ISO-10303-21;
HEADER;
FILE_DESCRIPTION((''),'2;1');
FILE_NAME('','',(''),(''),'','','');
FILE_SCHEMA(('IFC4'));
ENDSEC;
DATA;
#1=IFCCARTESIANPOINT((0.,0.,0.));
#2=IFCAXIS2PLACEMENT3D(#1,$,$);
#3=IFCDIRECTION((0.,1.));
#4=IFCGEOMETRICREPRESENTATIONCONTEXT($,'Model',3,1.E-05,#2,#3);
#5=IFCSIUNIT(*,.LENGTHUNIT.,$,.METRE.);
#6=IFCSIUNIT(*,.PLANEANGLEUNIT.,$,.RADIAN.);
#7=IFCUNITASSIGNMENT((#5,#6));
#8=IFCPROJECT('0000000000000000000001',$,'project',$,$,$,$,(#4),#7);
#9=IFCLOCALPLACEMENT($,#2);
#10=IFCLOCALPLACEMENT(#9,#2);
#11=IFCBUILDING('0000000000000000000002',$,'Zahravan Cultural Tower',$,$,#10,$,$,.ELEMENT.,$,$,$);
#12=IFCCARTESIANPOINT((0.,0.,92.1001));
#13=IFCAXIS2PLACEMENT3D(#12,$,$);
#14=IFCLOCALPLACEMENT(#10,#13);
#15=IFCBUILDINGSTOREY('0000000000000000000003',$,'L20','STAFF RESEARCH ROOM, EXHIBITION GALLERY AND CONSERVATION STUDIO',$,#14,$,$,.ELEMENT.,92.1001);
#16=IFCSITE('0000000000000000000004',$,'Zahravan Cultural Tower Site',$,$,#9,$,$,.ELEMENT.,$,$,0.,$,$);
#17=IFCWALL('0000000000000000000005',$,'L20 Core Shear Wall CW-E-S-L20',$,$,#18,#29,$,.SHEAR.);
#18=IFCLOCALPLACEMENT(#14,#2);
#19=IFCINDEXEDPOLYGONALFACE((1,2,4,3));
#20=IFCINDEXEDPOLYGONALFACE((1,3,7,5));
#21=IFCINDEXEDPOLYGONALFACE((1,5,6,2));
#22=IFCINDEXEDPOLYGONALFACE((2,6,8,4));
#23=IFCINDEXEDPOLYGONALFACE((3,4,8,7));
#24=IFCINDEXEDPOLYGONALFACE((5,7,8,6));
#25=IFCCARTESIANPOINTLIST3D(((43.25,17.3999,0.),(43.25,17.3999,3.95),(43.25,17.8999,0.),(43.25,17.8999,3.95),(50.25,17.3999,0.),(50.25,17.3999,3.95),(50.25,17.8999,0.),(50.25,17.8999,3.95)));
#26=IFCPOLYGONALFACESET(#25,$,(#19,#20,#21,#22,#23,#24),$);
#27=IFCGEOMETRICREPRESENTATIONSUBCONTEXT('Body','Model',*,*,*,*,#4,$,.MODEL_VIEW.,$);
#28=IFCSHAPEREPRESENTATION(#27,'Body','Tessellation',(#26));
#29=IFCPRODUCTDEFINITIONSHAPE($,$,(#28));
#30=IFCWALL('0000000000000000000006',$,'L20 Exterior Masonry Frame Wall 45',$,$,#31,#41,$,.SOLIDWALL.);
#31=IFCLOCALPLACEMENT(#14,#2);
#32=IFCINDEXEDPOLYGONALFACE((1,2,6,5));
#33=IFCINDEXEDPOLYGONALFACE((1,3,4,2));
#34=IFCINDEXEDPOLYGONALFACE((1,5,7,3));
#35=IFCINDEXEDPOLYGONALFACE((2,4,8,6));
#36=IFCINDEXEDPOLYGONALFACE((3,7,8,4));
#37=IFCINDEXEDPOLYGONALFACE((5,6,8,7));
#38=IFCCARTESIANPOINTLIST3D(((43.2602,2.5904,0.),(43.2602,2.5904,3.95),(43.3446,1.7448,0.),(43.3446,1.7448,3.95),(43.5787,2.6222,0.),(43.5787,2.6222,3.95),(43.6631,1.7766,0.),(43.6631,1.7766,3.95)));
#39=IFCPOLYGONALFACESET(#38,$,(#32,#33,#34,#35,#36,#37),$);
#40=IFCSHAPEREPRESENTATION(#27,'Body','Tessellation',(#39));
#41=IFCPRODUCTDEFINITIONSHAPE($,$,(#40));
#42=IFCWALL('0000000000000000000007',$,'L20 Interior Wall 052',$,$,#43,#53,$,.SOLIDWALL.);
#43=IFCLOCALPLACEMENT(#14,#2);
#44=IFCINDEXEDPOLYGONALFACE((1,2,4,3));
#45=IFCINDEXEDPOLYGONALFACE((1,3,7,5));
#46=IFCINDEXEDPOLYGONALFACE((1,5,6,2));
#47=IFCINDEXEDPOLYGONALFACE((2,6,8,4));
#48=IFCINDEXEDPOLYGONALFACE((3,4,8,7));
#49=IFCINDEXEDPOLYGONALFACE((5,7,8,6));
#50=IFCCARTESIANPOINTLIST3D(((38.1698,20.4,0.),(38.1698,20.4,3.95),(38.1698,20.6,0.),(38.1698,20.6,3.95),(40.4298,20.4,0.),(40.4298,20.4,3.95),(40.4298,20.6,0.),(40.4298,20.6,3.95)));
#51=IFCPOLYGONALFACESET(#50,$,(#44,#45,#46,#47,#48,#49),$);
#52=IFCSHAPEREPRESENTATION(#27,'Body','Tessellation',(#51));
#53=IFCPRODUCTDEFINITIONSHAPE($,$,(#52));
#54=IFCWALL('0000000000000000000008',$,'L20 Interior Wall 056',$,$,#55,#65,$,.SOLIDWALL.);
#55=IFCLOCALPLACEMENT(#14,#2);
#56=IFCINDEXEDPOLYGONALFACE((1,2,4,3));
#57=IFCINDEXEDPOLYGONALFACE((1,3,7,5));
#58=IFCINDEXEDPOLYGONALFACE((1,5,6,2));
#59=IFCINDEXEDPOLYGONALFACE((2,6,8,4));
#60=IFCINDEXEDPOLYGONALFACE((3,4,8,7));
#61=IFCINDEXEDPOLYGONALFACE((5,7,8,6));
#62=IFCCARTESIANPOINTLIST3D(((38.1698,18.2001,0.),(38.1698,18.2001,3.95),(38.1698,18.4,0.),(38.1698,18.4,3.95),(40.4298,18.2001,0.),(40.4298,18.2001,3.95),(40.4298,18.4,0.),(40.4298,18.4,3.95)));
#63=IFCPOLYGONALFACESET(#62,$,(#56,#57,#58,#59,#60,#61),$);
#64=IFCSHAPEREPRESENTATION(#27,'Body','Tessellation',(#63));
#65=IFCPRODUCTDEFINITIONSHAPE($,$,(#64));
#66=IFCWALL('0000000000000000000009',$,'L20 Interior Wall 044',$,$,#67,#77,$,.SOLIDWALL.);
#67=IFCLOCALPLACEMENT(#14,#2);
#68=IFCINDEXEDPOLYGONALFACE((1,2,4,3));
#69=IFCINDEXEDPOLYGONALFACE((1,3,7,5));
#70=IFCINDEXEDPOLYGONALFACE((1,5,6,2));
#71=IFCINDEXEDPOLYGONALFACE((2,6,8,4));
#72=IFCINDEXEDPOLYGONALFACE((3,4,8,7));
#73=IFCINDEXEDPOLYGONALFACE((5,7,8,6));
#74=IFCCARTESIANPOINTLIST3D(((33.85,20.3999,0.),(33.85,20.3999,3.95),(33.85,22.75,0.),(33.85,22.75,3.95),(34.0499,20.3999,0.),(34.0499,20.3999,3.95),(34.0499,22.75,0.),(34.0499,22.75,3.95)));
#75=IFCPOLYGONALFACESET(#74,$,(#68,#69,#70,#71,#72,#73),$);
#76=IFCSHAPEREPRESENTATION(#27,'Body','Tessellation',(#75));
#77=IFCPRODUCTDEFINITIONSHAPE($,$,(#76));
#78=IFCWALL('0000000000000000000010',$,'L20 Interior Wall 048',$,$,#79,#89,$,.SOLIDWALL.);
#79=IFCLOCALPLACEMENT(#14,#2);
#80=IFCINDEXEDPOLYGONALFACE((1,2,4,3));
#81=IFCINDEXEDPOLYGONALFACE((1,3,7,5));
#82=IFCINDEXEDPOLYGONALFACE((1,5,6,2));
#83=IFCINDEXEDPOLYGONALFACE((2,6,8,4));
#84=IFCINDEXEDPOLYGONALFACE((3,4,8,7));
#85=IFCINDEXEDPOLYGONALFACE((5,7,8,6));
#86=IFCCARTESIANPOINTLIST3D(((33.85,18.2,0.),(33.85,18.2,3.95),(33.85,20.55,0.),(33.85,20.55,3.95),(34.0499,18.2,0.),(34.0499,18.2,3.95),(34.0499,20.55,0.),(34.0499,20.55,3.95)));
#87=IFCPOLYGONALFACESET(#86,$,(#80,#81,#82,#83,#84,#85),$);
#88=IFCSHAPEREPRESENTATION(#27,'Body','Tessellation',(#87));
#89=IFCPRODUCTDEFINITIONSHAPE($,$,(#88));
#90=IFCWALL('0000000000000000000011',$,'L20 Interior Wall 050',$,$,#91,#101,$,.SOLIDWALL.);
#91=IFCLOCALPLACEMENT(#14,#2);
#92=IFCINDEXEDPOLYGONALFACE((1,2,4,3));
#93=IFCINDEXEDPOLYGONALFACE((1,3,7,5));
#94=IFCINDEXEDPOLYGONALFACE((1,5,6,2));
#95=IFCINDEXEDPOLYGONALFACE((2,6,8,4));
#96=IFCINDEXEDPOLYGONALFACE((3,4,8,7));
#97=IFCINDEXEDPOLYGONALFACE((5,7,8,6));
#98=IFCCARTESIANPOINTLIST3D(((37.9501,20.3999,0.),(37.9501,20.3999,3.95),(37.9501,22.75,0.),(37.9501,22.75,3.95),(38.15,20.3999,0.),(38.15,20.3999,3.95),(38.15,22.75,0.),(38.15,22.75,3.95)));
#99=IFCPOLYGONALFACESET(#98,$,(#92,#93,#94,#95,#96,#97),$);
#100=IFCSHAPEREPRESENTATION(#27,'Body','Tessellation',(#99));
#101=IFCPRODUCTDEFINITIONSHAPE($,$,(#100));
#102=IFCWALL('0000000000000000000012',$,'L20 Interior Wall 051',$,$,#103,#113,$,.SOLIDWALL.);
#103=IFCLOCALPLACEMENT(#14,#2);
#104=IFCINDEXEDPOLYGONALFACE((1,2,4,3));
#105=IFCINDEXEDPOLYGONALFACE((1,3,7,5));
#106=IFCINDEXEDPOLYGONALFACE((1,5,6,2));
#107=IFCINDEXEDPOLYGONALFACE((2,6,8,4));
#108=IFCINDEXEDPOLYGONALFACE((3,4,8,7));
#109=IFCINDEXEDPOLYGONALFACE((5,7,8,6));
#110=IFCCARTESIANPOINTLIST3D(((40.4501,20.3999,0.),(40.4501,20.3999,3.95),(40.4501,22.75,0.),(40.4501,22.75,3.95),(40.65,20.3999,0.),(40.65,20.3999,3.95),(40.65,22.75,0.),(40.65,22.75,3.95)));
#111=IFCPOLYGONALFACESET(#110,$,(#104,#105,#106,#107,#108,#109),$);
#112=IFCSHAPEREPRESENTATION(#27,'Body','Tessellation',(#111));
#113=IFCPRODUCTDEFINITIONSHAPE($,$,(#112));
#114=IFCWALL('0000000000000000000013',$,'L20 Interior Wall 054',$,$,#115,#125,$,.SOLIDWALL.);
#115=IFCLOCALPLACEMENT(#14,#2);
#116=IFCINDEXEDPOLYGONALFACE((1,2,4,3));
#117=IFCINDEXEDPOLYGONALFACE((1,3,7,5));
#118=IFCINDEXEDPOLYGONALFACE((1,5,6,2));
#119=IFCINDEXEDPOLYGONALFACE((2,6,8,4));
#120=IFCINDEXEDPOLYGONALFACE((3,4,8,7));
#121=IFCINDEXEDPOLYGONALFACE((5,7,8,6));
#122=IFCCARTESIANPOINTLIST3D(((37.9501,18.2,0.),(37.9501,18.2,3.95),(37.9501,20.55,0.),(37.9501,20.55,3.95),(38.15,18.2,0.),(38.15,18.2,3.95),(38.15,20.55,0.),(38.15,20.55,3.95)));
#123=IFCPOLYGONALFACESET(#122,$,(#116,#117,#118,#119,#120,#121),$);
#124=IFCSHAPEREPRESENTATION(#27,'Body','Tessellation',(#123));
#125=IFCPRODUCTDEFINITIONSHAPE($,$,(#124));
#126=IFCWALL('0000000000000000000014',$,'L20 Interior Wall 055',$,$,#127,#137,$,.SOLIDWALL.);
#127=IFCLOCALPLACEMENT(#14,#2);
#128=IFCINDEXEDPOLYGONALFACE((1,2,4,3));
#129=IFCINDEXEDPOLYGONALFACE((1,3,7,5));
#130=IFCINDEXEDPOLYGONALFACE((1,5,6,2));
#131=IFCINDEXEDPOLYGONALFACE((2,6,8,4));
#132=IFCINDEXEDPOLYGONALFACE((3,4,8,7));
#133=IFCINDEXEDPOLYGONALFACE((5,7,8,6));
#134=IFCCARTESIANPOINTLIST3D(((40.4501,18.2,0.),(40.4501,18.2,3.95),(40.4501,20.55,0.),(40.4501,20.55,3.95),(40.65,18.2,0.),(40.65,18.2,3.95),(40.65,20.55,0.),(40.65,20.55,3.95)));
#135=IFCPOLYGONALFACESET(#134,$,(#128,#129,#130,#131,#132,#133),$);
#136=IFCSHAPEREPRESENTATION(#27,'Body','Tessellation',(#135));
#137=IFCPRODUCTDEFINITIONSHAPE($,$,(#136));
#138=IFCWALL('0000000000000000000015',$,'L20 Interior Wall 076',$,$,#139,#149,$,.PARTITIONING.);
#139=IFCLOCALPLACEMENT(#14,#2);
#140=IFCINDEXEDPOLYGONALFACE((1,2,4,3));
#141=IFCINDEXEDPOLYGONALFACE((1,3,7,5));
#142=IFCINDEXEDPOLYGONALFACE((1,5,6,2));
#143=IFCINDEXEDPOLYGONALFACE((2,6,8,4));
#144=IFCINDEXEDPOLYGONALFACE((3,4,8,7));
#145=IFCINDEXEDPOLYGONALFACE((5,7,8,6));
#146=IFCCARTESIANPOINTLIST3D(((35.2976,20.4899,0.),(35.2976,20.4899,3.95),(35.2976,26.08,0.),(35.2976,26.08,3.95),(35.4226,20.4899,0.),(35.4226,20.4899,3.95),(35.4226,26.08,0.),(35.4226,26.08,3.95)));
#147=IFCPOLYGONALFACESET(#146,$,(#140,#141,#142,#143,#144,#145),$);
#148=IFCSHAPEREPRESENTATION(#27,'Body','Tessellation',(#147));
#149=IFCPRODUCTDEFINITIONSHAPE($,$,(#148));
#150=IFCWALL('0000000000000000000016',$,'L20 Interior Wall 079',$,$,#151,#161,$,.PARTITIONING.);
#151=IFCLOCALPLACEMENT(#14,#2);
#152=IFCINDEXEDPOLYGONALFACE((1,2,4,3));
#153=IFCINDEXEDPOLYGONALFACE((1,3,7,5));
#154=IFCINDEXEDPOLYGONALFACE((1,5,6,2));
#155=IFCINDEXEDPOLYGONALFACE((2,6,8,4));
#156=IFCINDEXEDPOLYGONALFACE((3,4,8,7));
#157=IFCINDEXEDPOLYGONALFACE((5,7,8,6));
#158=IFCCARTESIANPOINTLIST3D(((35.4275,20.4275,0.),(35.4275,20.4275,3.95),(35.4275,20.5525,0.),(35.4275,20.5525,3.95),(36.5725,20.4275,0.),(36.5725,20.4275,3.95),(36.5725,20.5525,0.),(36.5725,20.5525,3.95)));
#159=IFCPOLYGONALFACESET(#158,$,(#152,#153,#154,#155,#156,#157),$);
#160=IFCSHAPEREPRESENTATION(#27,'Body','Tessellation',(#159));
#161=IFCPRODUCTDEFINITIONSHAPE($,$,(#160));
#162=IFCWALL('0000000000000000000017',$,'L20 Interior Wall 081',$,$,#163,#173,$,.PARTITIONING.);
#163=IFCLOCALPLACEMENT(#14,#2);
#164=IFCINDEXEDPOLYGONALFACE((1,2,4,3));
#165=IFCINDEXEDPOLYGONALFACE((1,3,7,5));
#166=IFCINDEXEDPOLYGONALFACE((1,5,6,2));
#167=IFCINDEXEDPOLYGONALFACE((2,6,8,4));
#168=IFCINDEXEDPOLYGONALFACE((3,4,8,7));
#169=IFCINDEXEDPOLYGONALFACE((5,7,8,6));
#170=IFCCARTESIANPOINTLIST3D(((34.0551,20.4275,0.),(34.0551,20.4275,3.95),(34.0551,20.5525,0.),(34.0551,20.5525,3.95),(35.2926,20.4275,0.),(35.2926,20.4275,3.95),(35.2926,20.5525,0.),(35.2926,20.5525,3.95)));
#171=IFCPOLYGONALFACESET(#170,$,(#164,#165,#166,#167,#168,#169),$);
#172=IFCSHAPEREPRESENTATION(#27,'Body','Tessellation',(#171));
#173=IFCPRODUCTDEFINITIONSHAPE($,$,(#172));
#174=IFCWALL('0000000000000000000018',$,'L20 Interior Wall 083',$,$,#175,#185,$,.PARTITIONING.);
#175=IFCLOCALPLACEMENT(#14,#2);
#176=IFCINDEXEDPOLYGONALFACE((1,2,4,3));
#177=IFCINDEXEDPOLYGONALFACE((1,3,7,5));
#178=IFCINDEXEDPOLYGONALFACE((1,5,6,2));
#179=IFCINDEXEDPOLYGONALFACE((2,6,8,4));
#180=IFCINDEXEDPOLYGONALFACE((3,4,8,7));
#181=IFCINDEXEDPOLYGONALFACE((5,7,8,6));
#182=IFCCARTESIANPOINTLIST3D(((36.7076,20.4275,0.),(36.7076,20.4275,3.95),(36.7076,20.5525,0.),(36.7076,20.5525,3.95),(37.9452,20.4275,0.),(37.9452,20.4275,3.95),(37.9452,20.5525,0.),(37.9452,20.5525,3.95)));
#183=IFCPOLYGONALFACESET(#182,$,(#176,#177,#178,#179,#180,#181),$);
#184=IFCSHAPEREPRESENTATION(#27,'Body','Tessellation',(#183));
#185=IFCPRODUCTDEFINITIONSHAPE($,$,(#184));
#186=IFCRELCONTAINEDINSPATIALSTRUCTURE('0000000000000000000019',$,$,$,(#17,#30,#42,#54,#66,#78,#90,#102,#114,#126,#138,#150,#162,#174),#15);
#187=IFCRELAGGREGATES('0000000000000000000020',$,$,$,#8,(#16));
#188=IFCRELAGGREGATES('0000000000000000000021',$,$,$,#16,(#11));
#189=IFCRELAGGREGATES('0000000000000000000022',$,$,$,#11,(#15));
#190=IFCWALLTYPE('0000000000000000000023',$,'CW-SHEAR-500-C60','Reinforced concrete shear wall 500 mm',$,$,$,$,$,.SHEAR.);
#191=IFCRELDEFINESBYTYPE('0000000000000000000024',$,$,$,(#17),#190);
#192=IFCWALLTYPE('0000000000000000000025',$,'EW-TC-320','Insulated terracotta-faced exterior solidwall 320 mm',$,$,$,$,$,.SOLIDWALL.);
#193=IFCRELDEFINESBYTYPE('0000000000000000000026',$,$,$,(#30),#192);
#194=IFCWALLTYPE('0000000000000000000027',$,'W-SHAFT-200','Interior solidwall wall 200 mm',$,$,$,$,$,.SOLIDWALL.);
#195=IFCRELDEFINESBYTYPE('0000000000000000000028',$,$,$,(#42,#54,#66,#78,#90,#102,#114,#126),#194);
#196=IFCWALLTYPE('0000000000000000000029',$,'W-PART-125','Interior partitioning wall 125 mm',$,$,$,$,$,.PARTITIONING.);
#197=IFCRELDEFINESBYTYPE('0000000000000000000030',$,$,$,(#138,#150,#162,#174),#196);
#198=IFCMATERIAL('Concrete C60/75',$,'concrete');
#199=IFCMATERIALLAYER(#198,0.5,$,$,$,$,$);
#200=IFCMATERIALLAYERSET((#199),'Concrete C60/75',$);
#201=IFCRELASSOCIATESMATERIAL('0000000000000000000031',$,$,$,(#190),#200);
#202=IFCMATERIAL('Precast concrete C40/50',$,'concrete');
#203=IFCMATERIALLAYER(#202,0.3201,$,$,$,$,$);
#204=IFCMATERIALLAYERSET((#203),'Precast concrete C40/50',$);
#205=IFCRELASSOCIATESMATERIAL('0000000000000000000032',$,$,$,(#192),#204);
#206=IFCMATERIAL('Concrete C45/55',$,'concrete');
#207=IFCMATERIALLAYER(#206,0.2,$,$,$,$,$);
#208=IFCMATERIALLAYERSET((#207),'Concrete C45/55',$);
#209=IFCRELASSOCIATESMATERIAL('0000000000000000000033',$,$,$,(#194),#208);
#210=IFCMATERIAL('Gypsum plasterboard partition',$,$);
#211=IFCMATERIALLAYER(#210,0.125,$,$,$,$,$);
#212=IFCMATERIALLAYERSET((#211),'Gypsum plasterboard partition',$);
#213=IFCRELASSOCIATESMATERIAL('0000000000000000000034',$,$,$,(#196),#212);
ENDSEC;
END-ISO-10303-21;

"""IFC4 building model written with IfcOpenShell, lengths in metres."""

from ifc_helpers import new_model, si_unit, direction, frame, frame_2d, origin, place, context, subcontext, project, spatial, rectangle, extrude, source, transform, mapped, material, layer, layer_set, type_object, element, save


model = new_model("IFC4")

# Units and contexts
model_context = context("Model", 3, precision=1e-05, world=origin(), true_north=direction((0.0, 1.0)))
body_context = subcontext(model_context, "Body", "Model", "MODEL_VIEW")
ifc_project = project(units=[si_unit("LENGTHUNIT", "METRE"), si_unit("PLANEANGLEUNIT", "RADIAN")], contexts=[model_context])

# Site, building, storey
site_placement = place(None, origin())
site = spatial("IfcSite", under=ifc_project, at=site_placement, Name="Zahravan Cultural Tower Site", CompositionType="ELEMENT", RefElevation=0.0)
building_placement = place(site_placement, origin())
building = spatial("IfcBuilding", under=site, at=building_placement, Name="Zahravan Cultural Tower", CompositionType="ELEMENT")
storey_placement = place(building_placement, frame((0.0, 0.0, 92.1001)))
storey = spatial("IfcBuildingStorey", under=building, at=storey_placement, Name="L20", Description="STAFF RESEARCH ROOM, EXHIBITION GALLERY AND CONSERVATION STUDIO", CompositionType="ELEMENT", Elevation=92.1001)

# Shared definitions
ifc_material_1 = material(Name="Concrete C60/75", Category="concrete")

# Shared definitions
ifc_layer_1 = layer(ifc_material_1, 0.5)
ifc_layer_set_1 = layer_set([ifc_layer_1], Name="Concrete C60/75")
wall_type_1 = type_object("IfcWallType", Name="CW-SHEAR-500-C60", Description="Reinforced concrete shear wall 500 mm", PredefinedType="SHEAR", material=ifc_layer_set_1)

# Walls
shared_shape_1 = source(origin(), body_context, "Body", "SweptSolid", [
    extrude(rectangle(XDim=7.0, YDim=0.5, at=frame_2d((3.5, 0.0))), origin(), (0.0, 0.0, 1.0), 3.95),
])
wall_1_placement = place(storey_placement, frame((43.25, 17.6499, 0.0), z_axis=(0.0, 0.0, 1.0), x_axis=(1.0, 0.0, 0.0)))
element("IfcWall", 1, at=wall_1_placement, inside=storey, type_object=wall_type_1, Name="L20 Core Shear Wall CW-E-S-L20", PredefinedType="SHEAR", context=body_context, shape_type="MappedRepresentation", body=[
    mapped(shared_shape_1, transform((0.0, 0.0, 0.0), x_axis=(1.0, 0.0, 0.0), y_axis=(0.0, 1.0, 0.0), z_axis=(0.0, 0.0, 1.0), scale=1.0)),
])
ifc_material_2 = material(Name="Precast concrete C40/50", Category="concrete")
ifc_layer_2 = layer(ifc_material_2, 0.3201)
ifc_layer_set_2 = layer_set([ifc_layer_2], Name="Precast concrete C40/50")
wall_type_2 = type_object("IfcWallType", Name="EW-TC-320", Description="Insulated terracotta-faced exterior solidwall 320 mm", PredefinedType="SOLIDWALL", material=ifc_layer_set_2)
shared_shape_2 = source(origin(), body_context, "Body", "SweptSolid", [
    extrude(rectangle(XDim=0.8499, YDim=0.3201, at=frame_2d((0.4248, 0.0))), origin(), (0.0, 0.0, 1.0), 3.95),
])
wall_2_placement = place(storey_placement, frame((43.4194, 2.6062, 0.0), z_axis=(0.0, 0.0, 1.0), x_axis=(0.09939, -0.995049, 0.0)))
element("IfcWall", 2, at=wall_2_placement, inside=storey, type_object=wall_type_2, Name="L20 Exterior Masonry Frame Wall 45", PredefinedType="SOLIDWALL", context=body_context, shape_type="MappedRepresentation", body=[
    mapped(shared_shape_2, transform((0.0, 0.0, 0.0), x_axis=(1.0, 0.0, 0.0), y_axis=(0.0, 1.0, 0.0), z_axis=(0.0, 0.0, 1.0), scale=1.0)),
])
ifc_material_3 = material(Name="Concrete C45/55", Category="concrete")
ifc_layer_3 = layer(ifc_material_3, 0.2)
ifc_layer_set_3 = layer_set([ifc_layer_3], Name="Concrete C45/55")
wall_type_3 = type_object("IfcWallType", Name="W-SHAFT-200", Description="Interior solidwall wall 200 mm", PredefinedType="SOLIDWALL", material=ifc_layer_set_3)
shared_shape_3 = source(origin(), body_context, "Body", "SweptSolid", [
    extrude(rectangle(XDim=2.26, YDim=0.2, at=frame_2d((1.1299, 0.0))), origin(), (0.0, 0.0, 1.0), 3.95),
])
for number, where, z_axis, x_axis, name in (
    (3, (38.1699, 20.5, 0.0), (0.0, 0.0, 1.0), (1.0, 0.0, 0.0), "L20 Interior Wall 052"),
    (4, (38.1699, 18.3, 0.0), (0.0, 0.0, 1.0), (1.0, 0.0, 0.0), "L20 Interior Wall 056"),
):
    element("IfcWall", number, at=place(storey_placement, frame(where, z_axis=z_axis, x_axis=x_axis)), inside=storey, type_object=wall_type_3, Name=name, PredefinedType="SOLIDWALL", context=body_context, shape_type="MappedRepresentation", body=[
        mapped(shared_shape_3, transform((0.0, 0.0, 0.0), x_axis=(1.0, 0.0, 0.0), y_axis=(0.0, 1.0, 0.0), z_axis=(0.0, 0.0, 1.0), scale=1.0)),
    ])
shared_shape_4 = source(origin(), body_context, "Body", "SweptSolid", [
    extrude(rectangle(XDim=2.3501, YDim=0.2, at=frame_2d((1.175, 0.0))), origin(), (0.0, 0.0, 1.0), 3.95),
])
for number, where, z_axis, x_axis, name in (
    (5, (33.95, 20.3999, 0.0), (0.0, 0.0, 1.0), (0.0, 1.0, 0.0), "L20 Interior Wall 044"),
    (6, (33.95, 18.2, 0.0), (0.0, 0.0, 1.0), (0.0, 1.0, 0.0), "L20 Interior Wall 048"),
    (7, (38.05, 20.3999, 0.0), (0.0, 0.0, 1.0), (0.0, 1.0, 0.0), "L20 Interior Wall 050"),
    (8, (40.55, 20.3999, 0.0), (0.0, 0.0, 1.0), (0.0, 1.0, 0.0), "L20 Interior Wall 051"),
    (9, (38.05, 18.2, 0.0), (0.0, 0.0, 1.0), (0.0, 1.0, 0.0), "L20 Interior Wall 054"),
    (10, (40.55, 18.2, 0.0), (0.0, 0.0, 1.0), (0.0, 1.0, 0.0), "L20 Interior Wall 055"),
):
    element("IfcWall", number, at=place(storey_placement, frame(where, z_axis=z_axis, x_axis=x_axis)), inside=storey, type_object=wall_type_3, Name=name, PredefinedType="SOLIDWALL", context=body_context, shape_type="MappedRepresentation", body=[
        mapped(shared_shape_4, transform((0.0, 0.0, 0.0), x_axis=(1.0, 0.0, 0.0), y_axis=(0.0, 1.0, 0.0), z_axis=(0.0, 0.0, 1.0), scale=1.0)),
    ])
ifc_material_4 = material(Name="Gypsum plasterboard partition")
ifc_layer_4 = layer(ifc_material_4, 0.125)
ifc_layer_set_4 = layer_set([ifc_layer_4], Name="Gypsum plasterboard partition")
wall_type_4 = type_object("IfcWallType", Name="W-PART-125", Description="Interior partitioning wall 125 mm", PredefinedType="PARTITIONING", material=ifc_layer_set_4)
shared_shape_5 = source(origin(), body_context, "Body", "SweptSolid", [
    extrude(rectangle(XDim=5.5901, YDim=0.125, at=frame_2d((2.7949, 0.0))), origin(), (0.0, 0.0, 1.0), 3.95),
])
wall_3_placement = place(storey_placement, frame((35.3601, 20.49, 0.0), z_axis=(0.0, 0.0, 1.0), x_axis=(0.0, 1.0, 0.0)))
element("IfcWall", 11, at=wall_3_placement, inside=storey, type_object=wall_type_4, Name="L20 Interior Wall 076", PredefinedType="PARTITIONING", context=body_context, shape_type="MappedRepresentation", body=[
    mapped(shared_shape_5, transform((0.0, 0.0, 0.0), x_axis=(1.0, 0.0, 0.0), y_axis=(0.0, 1.0, 0.0), z_axis=(0.0, 0.0, 1.0), scale=1.0)),
])
shared_shape_6 = source(origin(), body_context, "Body", "SweptSolid", [
    extrude(rectangle(XDim=1.145, YDim=0.125, at=frame_2d((0.5725, 0.0))), origin(), (0.0, 0.0, 1.0), 3.95),
])
wall_4_placement = place(storey_placement, frame((36.5725, 20.49, 0.0), z_axis=(0.0, 0.0, 1.0), x_axis=(-1.0, 0.0, 0.0)))
element("IfcWall", 12, at=wall_4_placement, inside=storey, type_object=wall_type_4, Name="L20 Interior Wall 079", PredefinedType="PARTITIONING", context=body_context, shape_type="MappedRepresentation", body=[
    mapped(shared_shape_6, transform((0.0, 0.0, 0.0), x_axis=(1.0, 0.0, 0.0), y_axis=(0.0, 1.0, 0.0), z_axis=(0.0, 0.0, 1.0), scale=1.0)),
])
shared_shape_7 = source(origin(), body_context, "Body", "SweptSolid", [
    extrude(rectangle(XDim=1.2375, YDim=0.125, at=frame_2d((0.6187, 0.0))), origin(), (0.0, 0.0, 1.0), 3.95),
])
for number, where, z_axis, x_axis, name in (
    (13, (35.2925, 20.49, 0.0), (0.0, 0.0, 1.0), (-1.0, 0.0, 0.0), "L20 Interior Wall 081"),
    (14, (37.9451, 20.49, 0.0), (0.0, 0.0, 1.0), (-1.0, 0.0, 0.0), "L20 Interior Wall 083"),
):
    element("IfcWall", number, at=place(storey_placement, frame(where, z_axis=z_axis, x_axis=x_axis)), inside=storey, type_object=wall_type_4, Name=name, PredefinedType="PARTITIONING", context=body_context, shape_type="MappedRepresentation", body=[
        mapped(shared_shape_7, transform((0.0, 0.0, 0.0), x_axis=(1.0, 0.0, 0.0), y_axis=(0.0, 1.0, 0.0), z_axis=(0.0, 0.0, 1.0), scale=1.0)),
    ])

save(model, "model.ifc")
